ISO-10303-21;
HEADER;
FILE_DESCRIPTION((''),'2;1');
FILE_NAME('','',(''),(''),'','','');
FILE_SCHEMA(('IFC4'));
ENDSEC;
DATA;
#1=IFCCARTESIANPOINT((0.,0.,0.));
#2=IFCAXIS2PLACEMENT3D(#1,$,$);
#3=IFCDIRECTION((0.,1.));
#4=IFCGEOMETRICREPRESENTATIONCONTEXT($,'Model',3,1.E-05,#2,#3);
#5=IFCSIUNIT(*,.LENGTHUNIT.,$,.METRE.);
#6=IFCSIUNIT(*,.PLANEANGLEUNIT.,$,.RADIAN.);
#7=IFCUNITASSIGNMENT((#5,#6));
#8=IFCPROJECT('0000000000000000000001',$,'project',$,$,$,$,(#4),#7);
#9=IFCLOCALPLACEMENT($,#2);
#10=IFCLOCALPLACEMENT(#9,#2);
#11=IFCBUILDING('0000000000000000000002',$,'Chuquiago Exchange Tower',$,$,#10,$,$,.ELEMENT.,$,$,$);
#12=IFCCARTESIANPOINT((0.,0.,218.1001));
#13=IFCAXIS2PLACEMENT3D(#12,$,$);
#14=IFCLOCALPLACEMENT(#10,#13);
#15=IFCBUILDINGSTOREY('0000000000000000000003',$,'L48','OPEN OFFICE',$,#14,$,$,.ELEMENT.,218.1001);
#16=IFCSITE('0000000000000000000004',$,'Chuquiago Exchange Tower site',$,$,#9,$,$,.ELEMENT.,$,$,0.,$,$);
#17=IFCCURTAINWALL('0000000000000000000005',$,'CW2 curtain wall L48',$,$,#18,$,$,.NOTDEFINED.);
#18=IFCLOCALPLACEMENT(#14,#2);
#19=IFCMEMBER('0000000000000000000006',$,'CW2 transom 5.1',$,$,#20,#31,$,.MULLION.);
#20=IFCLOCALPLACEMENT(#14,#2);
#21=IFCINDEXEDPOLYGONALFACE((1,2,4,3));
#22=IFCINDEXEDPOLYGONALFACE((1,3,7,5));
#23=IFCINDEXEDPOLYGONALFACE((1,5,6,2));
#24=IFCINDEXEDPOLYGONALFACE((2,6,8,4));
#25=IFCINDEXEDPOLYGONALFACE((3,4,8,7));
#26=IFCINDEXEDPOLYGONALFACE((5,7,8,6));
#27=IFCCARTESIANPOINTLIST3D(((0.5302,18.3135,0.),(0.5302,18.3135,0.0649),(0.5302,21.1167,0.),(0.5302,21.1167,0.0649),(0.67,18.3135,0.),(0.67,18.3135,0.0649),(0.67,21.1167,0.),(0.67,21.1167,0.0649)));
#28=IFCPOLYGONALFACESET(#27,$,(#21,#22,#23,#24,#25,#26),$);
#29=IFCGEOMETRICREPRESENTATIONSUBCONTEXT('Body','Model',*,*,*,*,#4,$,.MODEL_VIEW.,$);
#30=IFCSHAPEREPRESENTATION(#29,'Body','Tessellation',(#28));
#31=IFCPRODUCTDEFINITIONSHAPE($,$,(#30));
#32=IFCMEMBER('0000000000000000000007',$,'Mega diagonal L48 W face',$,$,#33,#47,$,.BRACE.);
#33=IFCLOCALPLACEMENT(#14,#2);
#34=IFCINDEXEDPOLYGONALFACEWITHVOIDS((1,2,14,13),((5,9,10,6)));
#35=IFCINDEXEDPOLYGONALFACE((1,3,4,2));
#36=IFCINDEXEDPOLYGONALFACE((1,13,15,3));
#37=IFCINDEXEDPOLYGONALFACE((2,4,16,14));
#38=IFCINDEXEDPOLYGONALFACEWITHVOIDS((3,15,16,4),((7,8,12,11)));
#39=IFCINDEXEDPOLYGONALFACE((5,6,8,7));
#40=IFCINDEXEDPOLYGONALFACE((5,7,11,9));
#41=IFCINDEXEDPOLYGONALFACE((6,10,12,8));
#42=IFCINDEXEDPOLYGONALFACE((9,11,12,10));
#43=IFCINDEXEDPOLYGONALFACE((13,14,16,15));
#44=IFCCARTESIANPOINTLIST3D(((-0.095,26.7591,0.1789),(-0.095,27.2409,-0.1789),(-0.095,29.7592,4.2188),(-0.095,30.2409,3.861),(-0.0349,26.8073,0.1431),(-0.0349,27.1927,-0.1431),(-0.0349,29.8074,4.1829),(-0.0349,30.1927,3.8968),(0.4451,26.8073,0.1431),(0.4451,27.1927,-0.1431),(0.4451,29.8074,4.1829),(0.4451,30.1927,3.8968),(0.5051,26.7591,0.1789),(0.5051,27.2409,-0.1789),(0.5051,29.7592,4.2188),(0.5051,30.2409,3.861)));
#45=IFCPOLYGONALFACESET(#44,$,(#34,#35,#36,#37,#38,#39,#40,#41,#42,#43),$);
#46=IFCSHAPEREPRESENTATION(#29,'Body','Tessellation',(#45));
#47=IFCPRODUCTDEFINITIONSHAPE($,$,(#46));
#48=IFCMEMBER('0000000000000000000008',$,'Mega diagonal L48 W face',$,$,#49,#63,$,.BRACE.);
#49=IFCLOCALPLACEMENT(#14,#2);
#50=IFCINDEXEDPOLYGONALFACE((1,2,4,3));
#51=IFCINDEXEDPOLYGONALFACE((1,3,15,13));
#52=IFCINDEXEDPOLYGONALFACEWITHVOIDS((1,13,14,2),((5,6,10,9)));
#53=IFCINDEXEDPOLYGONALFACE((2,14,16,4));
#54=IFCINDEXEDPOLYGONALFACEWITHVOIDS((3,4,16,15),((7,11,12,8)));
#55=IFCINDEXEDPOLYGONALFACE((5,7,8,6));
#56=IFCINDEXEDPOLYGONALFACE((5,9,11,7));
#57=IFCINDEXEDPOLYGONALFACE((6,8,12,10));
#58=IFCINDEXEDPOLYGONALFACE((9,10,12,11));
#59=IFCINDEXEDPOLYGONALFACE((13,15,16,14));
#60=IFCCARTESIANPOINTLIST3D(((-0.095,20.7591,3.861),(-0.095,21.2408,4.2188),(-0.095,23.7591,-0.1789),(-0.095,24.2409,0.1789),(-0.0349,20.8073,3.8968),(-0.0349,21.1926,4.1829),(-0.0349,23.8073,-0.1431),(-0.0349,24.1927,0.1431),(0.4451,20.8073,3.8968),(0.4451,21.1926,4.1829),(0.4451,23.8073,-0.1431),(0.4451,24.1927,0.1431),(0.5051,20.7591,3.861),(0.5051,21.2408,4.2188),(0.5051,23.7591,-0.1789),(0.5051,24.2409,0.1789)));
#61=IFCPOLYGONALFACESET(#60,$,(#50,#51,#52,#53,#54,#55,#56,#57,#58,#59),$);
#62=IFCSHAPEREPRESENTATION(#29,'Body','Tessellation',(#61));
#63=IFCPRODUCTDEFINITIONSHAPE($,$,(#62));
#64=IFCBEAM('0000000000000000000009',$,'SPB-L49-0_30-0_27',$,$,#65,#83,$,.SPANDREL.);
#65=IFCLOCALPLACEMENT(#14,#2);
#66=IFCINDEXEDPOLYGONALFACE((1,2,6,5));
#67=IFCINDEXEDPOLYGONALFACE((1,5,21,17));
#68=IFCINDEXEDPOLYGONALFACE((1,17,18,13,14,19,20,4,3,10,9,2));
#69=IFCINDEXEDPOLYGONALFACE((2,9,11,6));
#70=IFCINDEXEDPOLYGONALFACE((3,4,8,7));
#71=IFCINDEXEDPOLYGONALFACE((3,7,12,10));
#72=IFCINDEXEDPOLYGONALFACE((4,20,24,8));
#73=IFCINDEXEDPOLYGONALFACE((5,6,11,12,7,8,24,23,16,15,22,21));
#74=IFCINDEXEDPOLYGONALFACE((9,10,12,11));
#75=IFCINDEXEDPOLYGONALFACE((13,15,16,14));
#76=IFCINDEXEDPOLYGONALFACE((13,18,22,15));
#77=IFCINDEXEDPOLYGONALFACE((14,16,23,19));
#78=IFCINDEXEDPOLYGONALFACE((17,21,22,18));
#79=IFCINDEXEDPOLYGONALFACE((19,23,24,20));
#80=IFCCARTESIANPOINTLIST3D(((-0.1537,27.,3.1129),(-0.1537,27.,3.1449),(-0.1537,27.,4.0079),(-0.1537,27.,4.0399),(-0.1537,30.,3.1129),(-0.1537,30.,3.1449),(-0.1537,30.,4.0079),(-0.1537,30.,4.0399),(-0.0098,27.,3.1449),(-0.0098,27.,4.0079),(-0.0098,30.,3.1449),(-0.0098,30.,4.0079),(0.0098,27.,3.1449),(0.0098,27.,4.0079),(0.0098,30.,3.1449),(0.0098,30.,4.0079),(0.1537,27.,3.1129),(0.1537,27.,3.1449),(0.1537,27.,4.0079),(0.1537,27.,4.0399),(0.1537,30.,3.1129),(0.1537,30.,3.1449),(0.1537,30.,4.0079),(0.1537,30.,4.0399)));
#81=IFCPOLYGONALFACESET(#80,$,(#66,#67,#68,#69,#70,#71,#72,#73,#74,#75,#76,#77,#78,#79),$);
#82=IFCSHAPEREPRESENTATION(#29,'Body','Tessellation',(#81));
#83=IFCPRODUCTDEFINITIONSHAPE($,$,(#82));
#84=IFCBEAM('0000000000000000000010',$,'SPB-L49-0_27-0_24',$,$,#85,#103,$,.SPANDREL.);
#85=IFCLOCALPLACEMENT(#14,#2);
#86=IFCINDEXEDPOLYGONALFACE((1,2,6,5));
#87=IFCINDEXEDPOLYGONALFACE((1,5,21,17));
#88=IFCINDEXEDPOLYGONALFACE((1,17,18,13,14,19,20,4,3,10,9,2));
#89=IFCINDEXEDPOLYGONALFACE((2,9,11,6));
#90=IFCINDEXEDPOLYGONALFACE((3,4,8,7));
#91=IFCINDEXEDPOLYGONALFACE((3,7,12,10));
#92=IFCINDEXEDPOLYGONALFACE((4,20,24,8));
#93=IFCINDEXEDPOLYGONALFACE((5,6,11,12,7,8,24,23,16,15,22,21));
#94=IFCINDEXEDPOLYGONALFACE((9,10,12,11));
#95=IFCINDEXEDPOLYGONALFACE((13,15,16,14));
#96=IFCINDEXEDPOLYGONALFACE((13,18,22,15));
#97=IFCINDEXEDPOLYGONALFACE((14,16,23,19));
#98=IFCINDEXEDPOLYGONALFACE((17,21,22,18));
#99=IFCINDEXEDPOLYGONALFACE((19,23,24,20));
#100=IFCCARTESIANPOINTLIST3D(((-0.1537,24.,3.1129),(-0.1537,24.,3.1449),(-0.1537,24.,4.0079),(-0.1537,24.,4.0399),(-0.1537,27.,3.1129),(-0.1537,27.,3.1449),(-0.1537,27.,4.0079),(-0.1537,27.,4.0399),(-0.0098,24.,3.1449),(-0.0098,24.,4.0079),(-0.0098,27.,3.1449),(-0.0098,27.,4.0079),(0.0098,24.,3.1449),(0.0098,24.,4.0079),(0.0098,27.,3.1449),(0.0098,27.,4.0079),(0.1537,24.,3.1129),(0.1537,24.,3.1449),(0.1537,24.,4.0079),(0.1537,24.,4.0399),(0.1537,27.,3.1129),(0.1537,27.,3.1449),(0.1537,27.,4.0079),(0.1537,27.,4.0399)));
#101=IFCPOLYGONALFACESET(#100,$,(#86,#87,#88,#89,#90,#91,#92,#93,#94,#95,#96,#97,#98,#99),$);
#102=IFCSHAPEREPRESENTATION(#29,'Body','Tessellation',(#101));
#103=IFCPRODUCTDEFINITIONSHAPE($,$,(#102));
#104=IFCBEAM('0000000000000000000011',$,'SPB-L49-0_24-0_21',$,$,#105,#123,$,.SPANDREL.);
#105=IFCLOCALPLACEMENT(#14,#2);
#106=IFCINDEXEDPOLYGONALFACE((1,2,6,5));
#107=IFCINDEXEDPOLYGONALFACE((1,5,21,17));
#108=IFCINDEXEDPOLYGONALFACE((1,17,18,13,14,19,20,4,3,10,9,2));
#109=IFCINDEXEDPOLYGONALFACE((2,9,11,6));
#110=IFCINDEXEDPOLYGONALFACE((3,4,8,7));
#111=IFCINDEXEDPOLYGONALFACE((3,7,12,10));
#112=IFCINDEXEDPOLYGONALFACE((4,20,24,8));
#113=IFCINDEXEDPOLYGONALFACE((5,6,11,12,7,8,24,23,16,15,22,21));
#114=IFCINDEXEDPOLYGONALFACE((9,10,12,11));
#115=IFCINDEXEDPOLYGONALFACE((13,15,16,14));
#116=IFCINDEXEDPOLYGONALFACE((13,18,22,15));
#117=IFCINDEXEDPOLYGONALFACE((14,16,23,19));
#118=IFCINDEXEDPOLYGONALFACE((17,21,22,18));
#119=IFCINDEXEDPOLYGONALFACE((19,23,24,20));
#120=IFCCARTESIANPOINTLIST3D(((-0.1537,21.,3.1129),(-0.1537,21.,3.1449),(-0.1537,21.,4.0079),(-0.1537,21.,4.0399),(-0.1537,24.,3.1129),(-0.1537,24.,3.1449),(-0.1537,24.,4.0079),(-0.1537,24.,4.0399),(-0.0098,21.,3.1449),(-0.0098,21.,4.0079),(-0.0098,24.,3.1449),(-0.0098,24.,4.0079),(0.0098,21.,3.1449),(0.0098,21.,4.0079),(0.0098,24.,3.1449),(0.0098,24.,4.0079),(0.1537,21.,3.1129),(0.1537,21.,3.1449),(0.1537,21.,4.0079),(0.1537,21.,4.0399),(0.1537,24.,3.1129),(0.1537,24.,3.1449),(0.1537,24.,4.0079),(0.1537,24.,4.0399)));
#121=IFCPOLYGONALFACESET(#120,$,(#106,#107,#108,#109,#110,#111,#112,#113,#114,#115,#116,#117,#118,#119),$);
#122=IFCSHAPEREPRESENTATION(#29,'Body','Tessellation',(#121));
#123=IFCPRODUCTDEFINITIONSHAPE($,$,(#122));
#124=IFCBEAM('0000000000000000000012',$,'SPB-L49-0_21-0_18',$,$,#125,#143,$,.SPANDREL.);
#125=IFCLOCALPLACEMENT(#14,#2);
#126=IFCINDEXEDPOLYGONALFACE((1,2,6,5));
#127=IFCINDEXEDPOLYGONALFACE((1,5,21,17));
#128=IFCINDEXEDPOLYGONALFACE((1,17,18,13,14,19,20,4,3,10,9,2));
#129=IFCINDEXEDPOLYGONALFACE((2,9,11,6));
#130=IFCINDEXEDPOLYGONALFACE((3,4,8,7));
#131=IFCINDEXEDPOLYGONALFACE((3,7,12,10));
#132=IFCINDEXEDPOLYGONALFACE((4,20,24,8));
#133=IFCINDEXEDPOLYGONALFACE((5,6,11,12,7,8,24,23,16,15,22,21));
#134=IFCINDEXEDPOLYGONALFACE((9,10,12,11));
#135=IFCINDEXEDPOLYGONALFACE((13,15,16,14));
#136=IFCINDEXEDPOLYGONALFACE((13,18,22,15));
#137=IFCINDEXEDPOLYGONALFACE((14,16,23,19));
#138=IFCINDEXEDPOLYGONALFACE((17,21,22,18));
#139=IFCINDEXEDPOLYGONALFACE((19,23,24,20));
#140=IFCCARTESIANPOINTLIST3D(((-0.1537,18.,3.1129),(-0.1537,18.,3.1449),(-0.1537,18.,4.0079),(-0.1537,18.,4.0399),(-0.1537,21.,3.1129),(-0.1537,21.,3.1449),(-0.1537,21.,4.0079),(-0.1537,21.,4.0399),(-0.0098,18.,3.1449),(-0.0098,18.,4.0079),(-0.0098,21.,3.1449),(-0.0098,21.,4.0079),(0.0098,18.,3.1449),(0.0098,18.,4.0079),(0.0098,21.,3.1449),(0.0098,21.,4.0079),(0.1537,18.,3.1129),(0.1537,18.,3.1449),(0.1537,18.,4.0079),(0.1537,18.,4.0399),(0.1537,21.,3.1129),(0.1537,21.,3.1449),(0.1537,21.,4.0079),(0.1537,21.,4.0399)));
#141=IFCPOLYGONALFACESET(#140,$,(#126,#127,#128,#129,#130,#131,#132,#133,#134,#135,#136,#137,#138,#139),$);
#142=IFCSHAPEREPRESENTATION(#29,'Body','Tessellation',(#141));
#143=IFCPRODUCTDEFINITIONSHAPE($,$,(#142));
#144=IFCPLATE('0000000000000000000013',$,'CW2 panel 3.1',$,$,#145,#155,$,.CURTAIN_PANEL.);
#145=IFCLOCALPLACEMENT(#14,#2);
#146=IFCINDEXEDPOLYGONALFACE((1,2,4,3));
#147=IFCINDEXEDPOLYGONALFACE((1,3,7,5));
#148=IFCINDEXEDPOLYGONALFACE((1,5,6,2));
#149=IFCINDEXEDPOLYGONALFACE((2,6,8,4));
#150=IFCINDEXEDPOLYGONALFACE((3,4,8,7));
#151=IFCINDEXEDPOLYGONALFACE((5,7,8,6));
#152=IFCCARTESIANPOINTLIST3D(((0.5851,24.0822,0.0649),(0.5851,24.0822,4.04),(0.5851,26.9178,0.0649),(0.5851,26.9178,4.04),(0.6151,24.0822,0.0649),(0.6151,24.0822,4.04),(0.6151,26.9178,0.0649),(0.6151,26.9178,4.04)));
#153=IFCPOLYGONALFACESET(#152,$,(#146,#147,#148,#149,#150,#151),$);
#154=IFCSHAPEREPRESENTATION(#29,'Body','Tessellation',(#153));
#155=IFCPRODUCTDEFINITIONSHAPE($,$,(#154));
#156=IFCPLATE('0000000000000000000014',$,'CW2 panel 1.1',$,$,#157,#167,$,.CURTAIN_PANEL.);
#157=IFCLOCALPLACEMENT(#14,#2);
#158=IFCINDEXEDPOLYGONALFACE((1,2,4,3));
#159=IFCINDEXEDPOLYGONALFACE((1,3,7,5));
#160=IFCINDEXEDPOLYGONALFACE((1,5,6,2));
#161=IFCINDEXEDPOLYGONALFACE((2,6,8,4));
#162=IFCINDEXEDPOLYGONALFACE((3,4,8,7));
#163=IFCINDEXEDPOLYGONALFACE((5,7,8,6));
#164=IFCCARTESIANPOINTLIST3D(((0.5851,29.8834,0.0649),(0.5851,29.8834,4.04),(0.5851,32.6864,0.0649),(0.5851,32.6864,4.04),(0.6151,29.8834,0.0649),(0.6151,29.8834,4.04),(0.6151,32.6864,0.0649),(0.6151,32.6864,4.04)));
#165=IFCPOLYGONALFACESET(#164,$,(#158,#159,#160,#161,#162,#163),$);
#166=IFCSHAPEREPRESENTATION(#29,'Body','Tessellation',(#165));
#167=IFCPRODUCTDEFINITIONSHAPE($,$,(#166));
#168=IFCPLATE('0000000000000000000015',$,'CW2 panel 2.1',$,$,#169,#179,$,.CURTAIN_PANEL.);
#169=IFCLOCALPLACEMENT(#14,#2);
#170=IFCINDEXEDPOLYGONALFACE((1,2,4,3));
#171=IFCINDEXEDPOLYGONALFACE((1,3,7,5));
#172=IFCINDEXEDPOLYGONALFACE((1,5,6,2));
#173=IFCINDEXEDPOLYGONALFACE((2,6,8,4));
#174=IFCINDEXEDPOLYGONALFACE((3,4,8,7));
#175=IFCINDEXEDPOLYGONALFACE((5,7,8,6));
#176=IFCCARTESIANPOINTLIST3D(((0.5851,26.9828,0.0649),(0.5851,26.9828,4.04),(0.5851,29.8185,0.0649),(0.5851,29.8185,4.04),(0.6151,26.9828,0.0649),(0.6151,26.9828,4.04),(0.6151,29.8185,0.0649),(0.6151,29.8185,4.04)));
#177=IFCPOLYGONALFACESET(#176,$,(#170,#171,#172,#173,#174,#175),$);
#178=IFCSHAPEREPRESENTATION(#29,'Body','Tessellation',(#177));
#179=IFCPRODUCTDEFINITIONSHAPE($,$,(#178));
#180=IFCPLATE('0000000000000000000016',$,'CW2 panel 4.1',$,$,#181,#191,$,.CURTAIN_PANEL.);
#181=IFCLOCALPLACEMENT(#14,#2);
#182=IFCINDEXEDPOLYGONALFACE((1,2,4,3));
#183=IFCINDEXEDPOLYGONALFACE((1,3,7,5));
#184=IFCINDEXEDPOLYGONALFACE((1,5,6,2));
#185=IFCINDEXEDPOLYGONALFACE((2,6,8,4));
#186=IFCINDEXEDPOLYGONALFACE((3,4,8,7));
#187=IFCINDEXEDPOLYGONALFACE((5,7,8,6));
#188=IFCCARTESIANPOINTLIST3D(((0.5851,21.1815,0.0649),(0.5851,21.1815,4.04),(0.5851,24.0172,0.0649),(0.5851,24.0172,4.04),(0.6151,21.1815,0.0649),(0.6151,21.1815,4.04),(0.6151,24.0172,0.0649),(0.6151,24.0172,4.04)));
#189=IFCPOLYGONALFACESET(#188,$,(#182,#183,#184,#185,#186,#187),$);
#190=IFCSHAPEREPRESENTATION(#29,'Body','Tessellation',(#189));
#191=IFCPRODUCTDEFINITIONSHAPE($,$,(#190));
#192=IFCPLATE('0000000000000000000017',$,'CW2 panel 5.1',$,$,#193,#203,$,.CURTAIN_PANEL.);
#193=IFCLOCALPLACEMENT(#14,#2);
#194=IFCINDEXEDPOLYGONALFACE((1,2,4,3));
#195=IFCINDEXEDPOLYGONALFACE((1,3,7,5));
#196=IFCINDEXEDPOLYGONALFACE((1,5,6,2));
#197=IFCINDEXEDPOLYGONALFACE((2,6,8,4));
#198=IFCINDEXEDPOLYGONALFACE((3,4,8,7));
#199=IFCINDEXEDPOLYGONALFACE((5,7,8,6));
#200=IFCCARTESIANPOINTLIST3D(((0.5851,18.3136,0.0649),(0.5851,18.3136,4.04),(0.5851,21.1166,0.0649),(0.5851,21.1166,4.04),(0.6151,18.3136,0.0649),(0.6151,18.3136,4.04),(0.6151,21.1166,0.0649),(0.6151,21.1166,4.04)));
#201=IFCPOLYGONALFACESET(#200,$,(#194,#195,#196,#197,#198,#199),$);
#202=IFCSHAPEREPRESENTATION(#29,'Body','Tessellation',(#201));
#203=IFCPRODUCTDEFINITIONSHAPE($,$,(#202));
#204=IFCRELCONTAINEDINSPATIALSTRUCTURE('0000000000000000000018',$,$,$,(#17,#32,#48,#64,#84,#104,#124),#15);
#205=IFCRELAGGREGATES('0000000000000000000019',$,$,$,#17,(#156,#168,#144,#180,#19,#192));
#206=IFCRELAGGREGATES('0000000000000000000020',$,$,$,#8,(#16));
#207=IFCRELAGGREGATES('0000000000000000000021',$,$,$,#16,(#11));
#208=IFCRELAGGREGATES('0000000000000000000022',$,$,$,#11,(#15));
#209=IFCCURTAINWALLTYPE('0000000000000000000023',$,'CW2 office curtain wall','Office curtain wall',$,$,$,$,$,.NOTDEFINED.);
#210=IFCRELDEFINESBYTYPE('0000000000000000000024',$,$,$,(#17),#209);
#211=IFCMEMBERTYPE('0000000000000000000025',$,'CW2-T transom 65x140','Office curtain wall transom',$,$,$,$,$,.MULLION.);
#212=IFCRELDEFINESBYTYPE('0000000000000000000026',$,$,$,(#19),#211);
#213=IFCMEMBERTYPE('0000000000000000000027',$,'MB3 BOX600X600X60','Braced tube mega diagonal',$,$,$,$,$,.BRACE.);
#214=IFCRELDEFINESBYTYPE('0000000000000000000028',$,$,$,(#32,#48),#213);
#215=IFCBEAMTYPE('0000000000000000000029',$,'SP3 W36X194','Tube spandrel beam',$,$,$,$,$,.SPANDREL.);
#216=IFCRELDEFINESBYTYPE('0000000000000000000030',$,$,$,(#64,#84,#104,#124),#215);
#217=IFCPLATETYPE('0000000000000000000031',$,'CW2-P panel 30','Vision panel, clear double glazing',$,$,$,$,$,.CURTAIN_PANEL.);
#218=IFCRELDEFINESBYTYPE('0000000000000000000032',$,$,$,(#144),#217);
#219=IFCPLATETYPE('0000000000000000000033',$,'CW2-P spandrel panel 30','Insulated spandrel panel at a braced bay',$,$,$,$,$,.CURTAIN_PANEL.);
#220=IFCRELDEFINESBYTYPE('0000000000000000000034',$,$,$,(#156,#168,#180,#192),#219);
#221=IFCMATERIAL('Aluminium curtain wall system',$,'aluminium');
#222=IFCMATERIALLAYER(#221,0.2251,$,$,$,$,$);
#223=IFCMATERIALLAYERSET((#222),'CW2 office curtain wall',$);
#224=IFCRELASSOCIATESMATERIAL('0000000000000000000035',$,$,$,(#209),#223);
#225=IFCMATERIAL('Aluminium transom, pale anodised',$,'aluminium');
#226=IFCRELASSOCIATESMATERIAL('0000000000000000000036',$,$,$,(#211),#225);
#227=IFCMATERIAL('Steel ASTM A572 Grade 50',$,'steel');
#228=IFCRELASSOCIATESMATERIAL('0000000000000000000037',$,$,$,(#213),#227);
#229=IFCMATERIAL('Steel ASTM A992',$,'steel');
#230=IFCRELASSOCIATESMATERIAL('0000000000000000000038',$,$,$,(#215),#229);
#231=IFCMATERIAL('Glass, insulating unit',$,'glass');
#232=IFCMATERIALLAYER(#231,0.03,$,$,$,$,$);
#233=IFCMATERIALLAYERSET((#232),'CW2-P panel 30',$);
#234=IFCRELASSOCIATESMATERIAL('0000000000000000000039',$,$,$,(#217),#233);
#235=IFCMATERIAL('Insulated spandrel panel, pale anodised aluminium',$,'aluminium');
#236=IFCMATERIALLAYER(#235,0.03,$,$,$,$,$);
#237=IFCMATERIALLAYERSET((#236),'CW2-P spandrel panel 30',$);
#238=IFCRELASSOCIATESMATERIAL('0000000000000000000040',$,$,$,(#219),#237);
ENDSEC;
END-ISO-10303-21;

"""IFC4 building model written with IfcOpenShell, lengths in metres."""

from ifc_helpers import new_model, si_unit, direction, frame, origin, origin_2d, place, context, subcontext, project, spatial, rectangle, hollow_rectangle, i_section, extrude, material, layer, layer_set, material_profile, profile_set, type_object, element, aggregate, save


model = new_model("IFC4")

# Units and contexts
model_context = context("Model", 3, precision=1e-05, world=origin(), true_north=direction((0.0, 1.0)))
body_context = subcontext(model_context, "Body", "Model", "MODEL_VIEW")
ifc_project = project(units=[si_unit("LENGTHUNIT", "METRE"), si_unit("PLANEANGLEUNIT", "RADIAN")], contexts=[model_context])

# Site, building, storey
site_placement = place(None, origin())
site = spatial("IfcSite", under=ifc_project, at=site_placement, Name="Chuquiago Exchange Tower site", CompositionType="ELEMENT", RefElevation=0.0)
building_placement = place(site_placement, origin())
building = spatial("IfcBuilding", under=site, at=building_placement, Name="Chuquiago Exchange Tower", CompositionType="ELEMENT")
storey_placement = place(building_placement, frame((0.0, 0.0, 218.1001)))
storey = spatial("IfcBuildingStorey", under=building, at=storey_placement, Name="L48", Description="OPEN OFFICE", CompositionType="ELEMENT", Elevation=218.1001)

# Curtain wall, member
ifc_material_1 = material(Name="Aluminium curtain wall system", Category="aluminium")
ifc_layer_1 = layer(ifc_material_1, 0.2251)
ifc_layer_set_1 = layer_set([ifc_layer_1], Name="CW2 office curtain wall")
curtain_wall_type = type_object("IfcCurtainWallType", Name="CW2 office curtain wall", Description="Office curtain wall", PredefinedType="NOTDEFINED", material=ifc_layer_set_1)
curtain_wall_placement = place(storey_placement, origin())
curtain_wall = element("IfcCurtainWall", 1, at=curtain_wall_placement, inside=storey, type_object=curtain_wall_type, Name="CW2 curtain wall L48", PredefinedType="NOTDEFINED")
ifc_material_2 = material(Name="Aluminium transom, pale anodised", Category="aluminium")
ifc_material_profile_1 = material_profile(ifc_material_2, rectangle(XDim=0.1399, YDim=0.0649, at=origin_2d()), Name="AL 140x65")
ifc_profile_set_1 = profile_set([ifc_material_profile_1], Name="Aluminium transom, pale anodised")
member_type_1 = type_object("IfcMemberType", Name="CW2-T transom 65x140", Description="Office curtain wall transom", PredefinedType="MULLION", material=ifc_profile_set_1)
member_1_placement = place(storey_placement, frame((0.6001, 21.1167, 0.0325), z_axis=(0.0, -1.0, 0.0), x_axis=(1.0, 0.0, 0.0)))
member_1 = element("IfcMember", 2, at=member_1_placement, type_object=member_type_1, Name="CW2 transom 5.1", PredefinedType="MULLION", context=body_context, shape_type="SweptSolid", body=[
    extrude(rectangle(XDim=0.1399, YDim=0.0649, at=origin_2d()), origin(), (0.0, 0.0, 1.0), 2.8032),
])

# Members
ifc_material_3 = material(Name="Steel ASTM A572 Grade 50", Category="steel")
ifc_material_profile_2 = material_profile(ifc_material_3, hollow_rectangle(XDim=0.6001, YDim=0.6001, WallThickness=0.0601, at=origin_2d()), Name="BOX600X600X60")
ifc_profile_set_2 = profile_set([ifc_material_profile_2], Name="Steel ASTM A572 Grade 50")
member_type_2 = type_object("IfcMemberType", Name="MB3 BOX600X600X60", Description="Braced tube mega diagonal", PredefinedType="BRACE", material=ifc_profile_set_2)
for number, where, z_axis, x_axis, name in (
    (3, (0.2051, 27.0, 0.0), (0.0, 0.596197, 0.802838), (-1.0, 0.0, 0.0), "Mega diagonal L48 W face"),
    (4, (0.2051, 24.0, 0.0), (0.0, -0.596197, 0.802838), (1.0, 0.0, 0.0), "Mega diagonal L48 W face"),
):
    element("IfcMember", number, at=place(storey_placement, frame(where, z_axis=z_axis, x_axis=x_axis)), inside=storey, type_object=member_type_2, Name=name, PredefinedType="BRACE", context=body_context, shape_type="SweptSolid", body=[
        extrude(hollow_rectangle(XDim=0.6001, YDim=0.6001, WallThickness=0.0601, at=origin_2d()), origin(), (0.0, 0.0, 1.0), 5.032),
    ])

# Beams
ifc_material_4 = material(Name="Steel ASTM A992", Category="steel")
ifc_material_profile_3 = material_profile(ifc_material_4, i_section(OverallWidth=0.3074, OverallDepth=0.927, WebThickness=0.0195, FlangeThickness=0.032, at=origin_2d()), Name="W36X194")
ifc_profile_set_3 = profile_set([ifc_material_profile_3], Name="Steel ASTM A992")
beam_type = type_object("IfcBeamType", Name="SP3 W36X194", Description="Tube spandrel beam", PredefinedType="SPANDREL", material=ifc_profile_set_3)
for number, where, z_axis, x_axis, name in (
    (5, (0.0, 30.0, 3.5764), (0.0, -1.0, 0.0), (1.0, 0.0, 0.0), "SPB-L49-0_30-0_27"),
    (6, (0.0, 27.0, 3.5764), (0.0, -1.0, 0.0), (1.0, 0.0, 0.0), "SPB-L49-0_27-0_24"),
    (7, (0.0, 24.0, 3.5764), (0.0, -1.0, 0.0), (1.0, 0.0, 0.0), "SPB-L49-0_24-0_21"),
    (8, (0.0, 21.0, 3.5764), (0.0, -1.0, 0.0), (1.0, 0.0, 0.0), "SPB-L49-0_21-0_18"),
):
    element("IfcBeam", number, at=place(storey_placement, frame(where, z_axis=z_axis, x_axis=x_axis)), inside=storey, type_object=beam_type, Name=name, PredefinedType="SPANDREL", context=body_context, shape_type="SweptSolid", body=[
        extrude(i_section(OverallWidth=0.3074, OverallDepth=0.927, WebThickness=0.0195, FlangeThickness=0.032, at=origin_2d()), origin(), (0.0, 0.0, 1.0), 3.0),
    ])

# Plates
ifc_material_5 = material(Name="Glass, insulating unit", Category="glass")
ifc_layer_2 = layer(ifc_material_5, 0.03)
ifc_layer_set_2 = layer_set([ifc_layer_2], Name="CW2-P panel 30")
plate_type_1 = type_object("IfcPlateType", Name="CW2-P panel 30", Description="Vision panel, clear double glazing", PredefinedType="CURTAIN_PANEL", material=ifc_layer_set_2)
plate_1_placement = place(storey_placement, frame((0.6001, 25.5, 0.0649), z_axis=(0.0, 0.0, 1.0), x_axis=(0.0, -1.0, 0.0)))
plate_1 = element("IfcPlate", 9, at=plate_1_placement, type_object=plate_type_1, Name="CW2 panel 3.1", PredefinedType="CURTAIN_PANEL", context=body_context, shape_type="SweptSolid", body=[
    extrude(rectangle(XDim=2.8357, YDim=0.03, at=origin_2d()), origin(), (0.0, 0.0, 1.0), 3.9751),
])
ifc_material_6 = material(Name="Insulated spandrel panel, pale anodised aluminium", Category="aluminium")
ifc_layer_3 = layer(ifc_material_6, 0.03)
ifc_layer_set_3 = layer_set([ifc_layer_3], Name="CW2-P spandrel panel 30")
plate_type_2 = type_object("IfcPlateType", Name="CW2-P spandrel panel 30", Description="Insulated spandrel panel at a braced bay", PredefinedType="CURTAIN_PANEL", material=ifc_layer_set_3)
plate_2_placement = place(storey_placement, frame((0.6001, 31.2849, 0.0649), z_axis=(0.0, 0.0, 1.0), x_axis=(0.0, -1.0, 0.0)))
plate_2 = element("IfcPlate", 10, at=plate_2_placement, type_object=plate_type_2, Name="CW2 panel 1.1", PredefinedType="CURTAIN_PANEL", context=body_context, shape_type="SweptSolid", body=[
    extrude(rectangle(XDim=2.803, YDim=0.03, at=origin_2d()), origin(), (0.0, 0.0, 1.0), 3.9751),
])
plate_3_placement = place(storey_placement, frame((0.6001, 28.4006, 0.0649), z_axis=(0.0, 0.0, 1.0), x_axis=(0.0, -1.0, 0.0)))
plate_3 = element("IfcPlate", 11, at=plate_3_placement, type_object=plate_type_2, Name="CW2 panel 2.1", PredefinedType="CURTAIN_PANEL", context=body_context, shape_type="SweptSolid", body=[
    extrude(rectangle(XDim=2.8357, YDim=0.03, at=origin_2d()), origin(), (0.0, 0.0, 1.0), 3.9751),
])
plate_4_placement = place(storey_placement, frame((0.6001, 22.5994, 0.0649), z_axis=(0.0, 0.0, 1.0), x_axis=(0.0, -1.0, 0.0)))
plate_4 = element("IfcPlate", 12, at=plate_4_placement, type_object=plate_type_2, Name="CW2 panel 4.1", PredefinedType="CURTAIN_PANEL", context=body_context, shape_type="SweptSolid", body=[
    extrude(rectangle(XDim=2.8357, YDim=0.03, at=origin_2d()), origin(), (0.0, 0.0, 1.0), 3.9751),
])
plate_5_placement = place(storey_placement, frame((0.6001, 19.7151, 0.0649), z_axis=(0.0, 0.0, 1.0), x_axis=(0.0, -1.0, 0.0)))
plate_5 = element("IfcPlate", 13, at=plate_5_placement, type_object=plate_type_2, Name="CW2 panel 5.1", PredefinedType="CURTAIN_PANEL", context=body_context, shape_type="SweptSolid", body=[
    extrude(rectangle(XDim=2.803, YDim=0.03, at=origin_2d()), origin(), (0.0, 0.0, 1.0), 3.9751),
])
aggregate(curtain_wall, [plate_2, plate_3, plate_1, plate_4, member_1, plate_5])

save(model, "model.ifc")
